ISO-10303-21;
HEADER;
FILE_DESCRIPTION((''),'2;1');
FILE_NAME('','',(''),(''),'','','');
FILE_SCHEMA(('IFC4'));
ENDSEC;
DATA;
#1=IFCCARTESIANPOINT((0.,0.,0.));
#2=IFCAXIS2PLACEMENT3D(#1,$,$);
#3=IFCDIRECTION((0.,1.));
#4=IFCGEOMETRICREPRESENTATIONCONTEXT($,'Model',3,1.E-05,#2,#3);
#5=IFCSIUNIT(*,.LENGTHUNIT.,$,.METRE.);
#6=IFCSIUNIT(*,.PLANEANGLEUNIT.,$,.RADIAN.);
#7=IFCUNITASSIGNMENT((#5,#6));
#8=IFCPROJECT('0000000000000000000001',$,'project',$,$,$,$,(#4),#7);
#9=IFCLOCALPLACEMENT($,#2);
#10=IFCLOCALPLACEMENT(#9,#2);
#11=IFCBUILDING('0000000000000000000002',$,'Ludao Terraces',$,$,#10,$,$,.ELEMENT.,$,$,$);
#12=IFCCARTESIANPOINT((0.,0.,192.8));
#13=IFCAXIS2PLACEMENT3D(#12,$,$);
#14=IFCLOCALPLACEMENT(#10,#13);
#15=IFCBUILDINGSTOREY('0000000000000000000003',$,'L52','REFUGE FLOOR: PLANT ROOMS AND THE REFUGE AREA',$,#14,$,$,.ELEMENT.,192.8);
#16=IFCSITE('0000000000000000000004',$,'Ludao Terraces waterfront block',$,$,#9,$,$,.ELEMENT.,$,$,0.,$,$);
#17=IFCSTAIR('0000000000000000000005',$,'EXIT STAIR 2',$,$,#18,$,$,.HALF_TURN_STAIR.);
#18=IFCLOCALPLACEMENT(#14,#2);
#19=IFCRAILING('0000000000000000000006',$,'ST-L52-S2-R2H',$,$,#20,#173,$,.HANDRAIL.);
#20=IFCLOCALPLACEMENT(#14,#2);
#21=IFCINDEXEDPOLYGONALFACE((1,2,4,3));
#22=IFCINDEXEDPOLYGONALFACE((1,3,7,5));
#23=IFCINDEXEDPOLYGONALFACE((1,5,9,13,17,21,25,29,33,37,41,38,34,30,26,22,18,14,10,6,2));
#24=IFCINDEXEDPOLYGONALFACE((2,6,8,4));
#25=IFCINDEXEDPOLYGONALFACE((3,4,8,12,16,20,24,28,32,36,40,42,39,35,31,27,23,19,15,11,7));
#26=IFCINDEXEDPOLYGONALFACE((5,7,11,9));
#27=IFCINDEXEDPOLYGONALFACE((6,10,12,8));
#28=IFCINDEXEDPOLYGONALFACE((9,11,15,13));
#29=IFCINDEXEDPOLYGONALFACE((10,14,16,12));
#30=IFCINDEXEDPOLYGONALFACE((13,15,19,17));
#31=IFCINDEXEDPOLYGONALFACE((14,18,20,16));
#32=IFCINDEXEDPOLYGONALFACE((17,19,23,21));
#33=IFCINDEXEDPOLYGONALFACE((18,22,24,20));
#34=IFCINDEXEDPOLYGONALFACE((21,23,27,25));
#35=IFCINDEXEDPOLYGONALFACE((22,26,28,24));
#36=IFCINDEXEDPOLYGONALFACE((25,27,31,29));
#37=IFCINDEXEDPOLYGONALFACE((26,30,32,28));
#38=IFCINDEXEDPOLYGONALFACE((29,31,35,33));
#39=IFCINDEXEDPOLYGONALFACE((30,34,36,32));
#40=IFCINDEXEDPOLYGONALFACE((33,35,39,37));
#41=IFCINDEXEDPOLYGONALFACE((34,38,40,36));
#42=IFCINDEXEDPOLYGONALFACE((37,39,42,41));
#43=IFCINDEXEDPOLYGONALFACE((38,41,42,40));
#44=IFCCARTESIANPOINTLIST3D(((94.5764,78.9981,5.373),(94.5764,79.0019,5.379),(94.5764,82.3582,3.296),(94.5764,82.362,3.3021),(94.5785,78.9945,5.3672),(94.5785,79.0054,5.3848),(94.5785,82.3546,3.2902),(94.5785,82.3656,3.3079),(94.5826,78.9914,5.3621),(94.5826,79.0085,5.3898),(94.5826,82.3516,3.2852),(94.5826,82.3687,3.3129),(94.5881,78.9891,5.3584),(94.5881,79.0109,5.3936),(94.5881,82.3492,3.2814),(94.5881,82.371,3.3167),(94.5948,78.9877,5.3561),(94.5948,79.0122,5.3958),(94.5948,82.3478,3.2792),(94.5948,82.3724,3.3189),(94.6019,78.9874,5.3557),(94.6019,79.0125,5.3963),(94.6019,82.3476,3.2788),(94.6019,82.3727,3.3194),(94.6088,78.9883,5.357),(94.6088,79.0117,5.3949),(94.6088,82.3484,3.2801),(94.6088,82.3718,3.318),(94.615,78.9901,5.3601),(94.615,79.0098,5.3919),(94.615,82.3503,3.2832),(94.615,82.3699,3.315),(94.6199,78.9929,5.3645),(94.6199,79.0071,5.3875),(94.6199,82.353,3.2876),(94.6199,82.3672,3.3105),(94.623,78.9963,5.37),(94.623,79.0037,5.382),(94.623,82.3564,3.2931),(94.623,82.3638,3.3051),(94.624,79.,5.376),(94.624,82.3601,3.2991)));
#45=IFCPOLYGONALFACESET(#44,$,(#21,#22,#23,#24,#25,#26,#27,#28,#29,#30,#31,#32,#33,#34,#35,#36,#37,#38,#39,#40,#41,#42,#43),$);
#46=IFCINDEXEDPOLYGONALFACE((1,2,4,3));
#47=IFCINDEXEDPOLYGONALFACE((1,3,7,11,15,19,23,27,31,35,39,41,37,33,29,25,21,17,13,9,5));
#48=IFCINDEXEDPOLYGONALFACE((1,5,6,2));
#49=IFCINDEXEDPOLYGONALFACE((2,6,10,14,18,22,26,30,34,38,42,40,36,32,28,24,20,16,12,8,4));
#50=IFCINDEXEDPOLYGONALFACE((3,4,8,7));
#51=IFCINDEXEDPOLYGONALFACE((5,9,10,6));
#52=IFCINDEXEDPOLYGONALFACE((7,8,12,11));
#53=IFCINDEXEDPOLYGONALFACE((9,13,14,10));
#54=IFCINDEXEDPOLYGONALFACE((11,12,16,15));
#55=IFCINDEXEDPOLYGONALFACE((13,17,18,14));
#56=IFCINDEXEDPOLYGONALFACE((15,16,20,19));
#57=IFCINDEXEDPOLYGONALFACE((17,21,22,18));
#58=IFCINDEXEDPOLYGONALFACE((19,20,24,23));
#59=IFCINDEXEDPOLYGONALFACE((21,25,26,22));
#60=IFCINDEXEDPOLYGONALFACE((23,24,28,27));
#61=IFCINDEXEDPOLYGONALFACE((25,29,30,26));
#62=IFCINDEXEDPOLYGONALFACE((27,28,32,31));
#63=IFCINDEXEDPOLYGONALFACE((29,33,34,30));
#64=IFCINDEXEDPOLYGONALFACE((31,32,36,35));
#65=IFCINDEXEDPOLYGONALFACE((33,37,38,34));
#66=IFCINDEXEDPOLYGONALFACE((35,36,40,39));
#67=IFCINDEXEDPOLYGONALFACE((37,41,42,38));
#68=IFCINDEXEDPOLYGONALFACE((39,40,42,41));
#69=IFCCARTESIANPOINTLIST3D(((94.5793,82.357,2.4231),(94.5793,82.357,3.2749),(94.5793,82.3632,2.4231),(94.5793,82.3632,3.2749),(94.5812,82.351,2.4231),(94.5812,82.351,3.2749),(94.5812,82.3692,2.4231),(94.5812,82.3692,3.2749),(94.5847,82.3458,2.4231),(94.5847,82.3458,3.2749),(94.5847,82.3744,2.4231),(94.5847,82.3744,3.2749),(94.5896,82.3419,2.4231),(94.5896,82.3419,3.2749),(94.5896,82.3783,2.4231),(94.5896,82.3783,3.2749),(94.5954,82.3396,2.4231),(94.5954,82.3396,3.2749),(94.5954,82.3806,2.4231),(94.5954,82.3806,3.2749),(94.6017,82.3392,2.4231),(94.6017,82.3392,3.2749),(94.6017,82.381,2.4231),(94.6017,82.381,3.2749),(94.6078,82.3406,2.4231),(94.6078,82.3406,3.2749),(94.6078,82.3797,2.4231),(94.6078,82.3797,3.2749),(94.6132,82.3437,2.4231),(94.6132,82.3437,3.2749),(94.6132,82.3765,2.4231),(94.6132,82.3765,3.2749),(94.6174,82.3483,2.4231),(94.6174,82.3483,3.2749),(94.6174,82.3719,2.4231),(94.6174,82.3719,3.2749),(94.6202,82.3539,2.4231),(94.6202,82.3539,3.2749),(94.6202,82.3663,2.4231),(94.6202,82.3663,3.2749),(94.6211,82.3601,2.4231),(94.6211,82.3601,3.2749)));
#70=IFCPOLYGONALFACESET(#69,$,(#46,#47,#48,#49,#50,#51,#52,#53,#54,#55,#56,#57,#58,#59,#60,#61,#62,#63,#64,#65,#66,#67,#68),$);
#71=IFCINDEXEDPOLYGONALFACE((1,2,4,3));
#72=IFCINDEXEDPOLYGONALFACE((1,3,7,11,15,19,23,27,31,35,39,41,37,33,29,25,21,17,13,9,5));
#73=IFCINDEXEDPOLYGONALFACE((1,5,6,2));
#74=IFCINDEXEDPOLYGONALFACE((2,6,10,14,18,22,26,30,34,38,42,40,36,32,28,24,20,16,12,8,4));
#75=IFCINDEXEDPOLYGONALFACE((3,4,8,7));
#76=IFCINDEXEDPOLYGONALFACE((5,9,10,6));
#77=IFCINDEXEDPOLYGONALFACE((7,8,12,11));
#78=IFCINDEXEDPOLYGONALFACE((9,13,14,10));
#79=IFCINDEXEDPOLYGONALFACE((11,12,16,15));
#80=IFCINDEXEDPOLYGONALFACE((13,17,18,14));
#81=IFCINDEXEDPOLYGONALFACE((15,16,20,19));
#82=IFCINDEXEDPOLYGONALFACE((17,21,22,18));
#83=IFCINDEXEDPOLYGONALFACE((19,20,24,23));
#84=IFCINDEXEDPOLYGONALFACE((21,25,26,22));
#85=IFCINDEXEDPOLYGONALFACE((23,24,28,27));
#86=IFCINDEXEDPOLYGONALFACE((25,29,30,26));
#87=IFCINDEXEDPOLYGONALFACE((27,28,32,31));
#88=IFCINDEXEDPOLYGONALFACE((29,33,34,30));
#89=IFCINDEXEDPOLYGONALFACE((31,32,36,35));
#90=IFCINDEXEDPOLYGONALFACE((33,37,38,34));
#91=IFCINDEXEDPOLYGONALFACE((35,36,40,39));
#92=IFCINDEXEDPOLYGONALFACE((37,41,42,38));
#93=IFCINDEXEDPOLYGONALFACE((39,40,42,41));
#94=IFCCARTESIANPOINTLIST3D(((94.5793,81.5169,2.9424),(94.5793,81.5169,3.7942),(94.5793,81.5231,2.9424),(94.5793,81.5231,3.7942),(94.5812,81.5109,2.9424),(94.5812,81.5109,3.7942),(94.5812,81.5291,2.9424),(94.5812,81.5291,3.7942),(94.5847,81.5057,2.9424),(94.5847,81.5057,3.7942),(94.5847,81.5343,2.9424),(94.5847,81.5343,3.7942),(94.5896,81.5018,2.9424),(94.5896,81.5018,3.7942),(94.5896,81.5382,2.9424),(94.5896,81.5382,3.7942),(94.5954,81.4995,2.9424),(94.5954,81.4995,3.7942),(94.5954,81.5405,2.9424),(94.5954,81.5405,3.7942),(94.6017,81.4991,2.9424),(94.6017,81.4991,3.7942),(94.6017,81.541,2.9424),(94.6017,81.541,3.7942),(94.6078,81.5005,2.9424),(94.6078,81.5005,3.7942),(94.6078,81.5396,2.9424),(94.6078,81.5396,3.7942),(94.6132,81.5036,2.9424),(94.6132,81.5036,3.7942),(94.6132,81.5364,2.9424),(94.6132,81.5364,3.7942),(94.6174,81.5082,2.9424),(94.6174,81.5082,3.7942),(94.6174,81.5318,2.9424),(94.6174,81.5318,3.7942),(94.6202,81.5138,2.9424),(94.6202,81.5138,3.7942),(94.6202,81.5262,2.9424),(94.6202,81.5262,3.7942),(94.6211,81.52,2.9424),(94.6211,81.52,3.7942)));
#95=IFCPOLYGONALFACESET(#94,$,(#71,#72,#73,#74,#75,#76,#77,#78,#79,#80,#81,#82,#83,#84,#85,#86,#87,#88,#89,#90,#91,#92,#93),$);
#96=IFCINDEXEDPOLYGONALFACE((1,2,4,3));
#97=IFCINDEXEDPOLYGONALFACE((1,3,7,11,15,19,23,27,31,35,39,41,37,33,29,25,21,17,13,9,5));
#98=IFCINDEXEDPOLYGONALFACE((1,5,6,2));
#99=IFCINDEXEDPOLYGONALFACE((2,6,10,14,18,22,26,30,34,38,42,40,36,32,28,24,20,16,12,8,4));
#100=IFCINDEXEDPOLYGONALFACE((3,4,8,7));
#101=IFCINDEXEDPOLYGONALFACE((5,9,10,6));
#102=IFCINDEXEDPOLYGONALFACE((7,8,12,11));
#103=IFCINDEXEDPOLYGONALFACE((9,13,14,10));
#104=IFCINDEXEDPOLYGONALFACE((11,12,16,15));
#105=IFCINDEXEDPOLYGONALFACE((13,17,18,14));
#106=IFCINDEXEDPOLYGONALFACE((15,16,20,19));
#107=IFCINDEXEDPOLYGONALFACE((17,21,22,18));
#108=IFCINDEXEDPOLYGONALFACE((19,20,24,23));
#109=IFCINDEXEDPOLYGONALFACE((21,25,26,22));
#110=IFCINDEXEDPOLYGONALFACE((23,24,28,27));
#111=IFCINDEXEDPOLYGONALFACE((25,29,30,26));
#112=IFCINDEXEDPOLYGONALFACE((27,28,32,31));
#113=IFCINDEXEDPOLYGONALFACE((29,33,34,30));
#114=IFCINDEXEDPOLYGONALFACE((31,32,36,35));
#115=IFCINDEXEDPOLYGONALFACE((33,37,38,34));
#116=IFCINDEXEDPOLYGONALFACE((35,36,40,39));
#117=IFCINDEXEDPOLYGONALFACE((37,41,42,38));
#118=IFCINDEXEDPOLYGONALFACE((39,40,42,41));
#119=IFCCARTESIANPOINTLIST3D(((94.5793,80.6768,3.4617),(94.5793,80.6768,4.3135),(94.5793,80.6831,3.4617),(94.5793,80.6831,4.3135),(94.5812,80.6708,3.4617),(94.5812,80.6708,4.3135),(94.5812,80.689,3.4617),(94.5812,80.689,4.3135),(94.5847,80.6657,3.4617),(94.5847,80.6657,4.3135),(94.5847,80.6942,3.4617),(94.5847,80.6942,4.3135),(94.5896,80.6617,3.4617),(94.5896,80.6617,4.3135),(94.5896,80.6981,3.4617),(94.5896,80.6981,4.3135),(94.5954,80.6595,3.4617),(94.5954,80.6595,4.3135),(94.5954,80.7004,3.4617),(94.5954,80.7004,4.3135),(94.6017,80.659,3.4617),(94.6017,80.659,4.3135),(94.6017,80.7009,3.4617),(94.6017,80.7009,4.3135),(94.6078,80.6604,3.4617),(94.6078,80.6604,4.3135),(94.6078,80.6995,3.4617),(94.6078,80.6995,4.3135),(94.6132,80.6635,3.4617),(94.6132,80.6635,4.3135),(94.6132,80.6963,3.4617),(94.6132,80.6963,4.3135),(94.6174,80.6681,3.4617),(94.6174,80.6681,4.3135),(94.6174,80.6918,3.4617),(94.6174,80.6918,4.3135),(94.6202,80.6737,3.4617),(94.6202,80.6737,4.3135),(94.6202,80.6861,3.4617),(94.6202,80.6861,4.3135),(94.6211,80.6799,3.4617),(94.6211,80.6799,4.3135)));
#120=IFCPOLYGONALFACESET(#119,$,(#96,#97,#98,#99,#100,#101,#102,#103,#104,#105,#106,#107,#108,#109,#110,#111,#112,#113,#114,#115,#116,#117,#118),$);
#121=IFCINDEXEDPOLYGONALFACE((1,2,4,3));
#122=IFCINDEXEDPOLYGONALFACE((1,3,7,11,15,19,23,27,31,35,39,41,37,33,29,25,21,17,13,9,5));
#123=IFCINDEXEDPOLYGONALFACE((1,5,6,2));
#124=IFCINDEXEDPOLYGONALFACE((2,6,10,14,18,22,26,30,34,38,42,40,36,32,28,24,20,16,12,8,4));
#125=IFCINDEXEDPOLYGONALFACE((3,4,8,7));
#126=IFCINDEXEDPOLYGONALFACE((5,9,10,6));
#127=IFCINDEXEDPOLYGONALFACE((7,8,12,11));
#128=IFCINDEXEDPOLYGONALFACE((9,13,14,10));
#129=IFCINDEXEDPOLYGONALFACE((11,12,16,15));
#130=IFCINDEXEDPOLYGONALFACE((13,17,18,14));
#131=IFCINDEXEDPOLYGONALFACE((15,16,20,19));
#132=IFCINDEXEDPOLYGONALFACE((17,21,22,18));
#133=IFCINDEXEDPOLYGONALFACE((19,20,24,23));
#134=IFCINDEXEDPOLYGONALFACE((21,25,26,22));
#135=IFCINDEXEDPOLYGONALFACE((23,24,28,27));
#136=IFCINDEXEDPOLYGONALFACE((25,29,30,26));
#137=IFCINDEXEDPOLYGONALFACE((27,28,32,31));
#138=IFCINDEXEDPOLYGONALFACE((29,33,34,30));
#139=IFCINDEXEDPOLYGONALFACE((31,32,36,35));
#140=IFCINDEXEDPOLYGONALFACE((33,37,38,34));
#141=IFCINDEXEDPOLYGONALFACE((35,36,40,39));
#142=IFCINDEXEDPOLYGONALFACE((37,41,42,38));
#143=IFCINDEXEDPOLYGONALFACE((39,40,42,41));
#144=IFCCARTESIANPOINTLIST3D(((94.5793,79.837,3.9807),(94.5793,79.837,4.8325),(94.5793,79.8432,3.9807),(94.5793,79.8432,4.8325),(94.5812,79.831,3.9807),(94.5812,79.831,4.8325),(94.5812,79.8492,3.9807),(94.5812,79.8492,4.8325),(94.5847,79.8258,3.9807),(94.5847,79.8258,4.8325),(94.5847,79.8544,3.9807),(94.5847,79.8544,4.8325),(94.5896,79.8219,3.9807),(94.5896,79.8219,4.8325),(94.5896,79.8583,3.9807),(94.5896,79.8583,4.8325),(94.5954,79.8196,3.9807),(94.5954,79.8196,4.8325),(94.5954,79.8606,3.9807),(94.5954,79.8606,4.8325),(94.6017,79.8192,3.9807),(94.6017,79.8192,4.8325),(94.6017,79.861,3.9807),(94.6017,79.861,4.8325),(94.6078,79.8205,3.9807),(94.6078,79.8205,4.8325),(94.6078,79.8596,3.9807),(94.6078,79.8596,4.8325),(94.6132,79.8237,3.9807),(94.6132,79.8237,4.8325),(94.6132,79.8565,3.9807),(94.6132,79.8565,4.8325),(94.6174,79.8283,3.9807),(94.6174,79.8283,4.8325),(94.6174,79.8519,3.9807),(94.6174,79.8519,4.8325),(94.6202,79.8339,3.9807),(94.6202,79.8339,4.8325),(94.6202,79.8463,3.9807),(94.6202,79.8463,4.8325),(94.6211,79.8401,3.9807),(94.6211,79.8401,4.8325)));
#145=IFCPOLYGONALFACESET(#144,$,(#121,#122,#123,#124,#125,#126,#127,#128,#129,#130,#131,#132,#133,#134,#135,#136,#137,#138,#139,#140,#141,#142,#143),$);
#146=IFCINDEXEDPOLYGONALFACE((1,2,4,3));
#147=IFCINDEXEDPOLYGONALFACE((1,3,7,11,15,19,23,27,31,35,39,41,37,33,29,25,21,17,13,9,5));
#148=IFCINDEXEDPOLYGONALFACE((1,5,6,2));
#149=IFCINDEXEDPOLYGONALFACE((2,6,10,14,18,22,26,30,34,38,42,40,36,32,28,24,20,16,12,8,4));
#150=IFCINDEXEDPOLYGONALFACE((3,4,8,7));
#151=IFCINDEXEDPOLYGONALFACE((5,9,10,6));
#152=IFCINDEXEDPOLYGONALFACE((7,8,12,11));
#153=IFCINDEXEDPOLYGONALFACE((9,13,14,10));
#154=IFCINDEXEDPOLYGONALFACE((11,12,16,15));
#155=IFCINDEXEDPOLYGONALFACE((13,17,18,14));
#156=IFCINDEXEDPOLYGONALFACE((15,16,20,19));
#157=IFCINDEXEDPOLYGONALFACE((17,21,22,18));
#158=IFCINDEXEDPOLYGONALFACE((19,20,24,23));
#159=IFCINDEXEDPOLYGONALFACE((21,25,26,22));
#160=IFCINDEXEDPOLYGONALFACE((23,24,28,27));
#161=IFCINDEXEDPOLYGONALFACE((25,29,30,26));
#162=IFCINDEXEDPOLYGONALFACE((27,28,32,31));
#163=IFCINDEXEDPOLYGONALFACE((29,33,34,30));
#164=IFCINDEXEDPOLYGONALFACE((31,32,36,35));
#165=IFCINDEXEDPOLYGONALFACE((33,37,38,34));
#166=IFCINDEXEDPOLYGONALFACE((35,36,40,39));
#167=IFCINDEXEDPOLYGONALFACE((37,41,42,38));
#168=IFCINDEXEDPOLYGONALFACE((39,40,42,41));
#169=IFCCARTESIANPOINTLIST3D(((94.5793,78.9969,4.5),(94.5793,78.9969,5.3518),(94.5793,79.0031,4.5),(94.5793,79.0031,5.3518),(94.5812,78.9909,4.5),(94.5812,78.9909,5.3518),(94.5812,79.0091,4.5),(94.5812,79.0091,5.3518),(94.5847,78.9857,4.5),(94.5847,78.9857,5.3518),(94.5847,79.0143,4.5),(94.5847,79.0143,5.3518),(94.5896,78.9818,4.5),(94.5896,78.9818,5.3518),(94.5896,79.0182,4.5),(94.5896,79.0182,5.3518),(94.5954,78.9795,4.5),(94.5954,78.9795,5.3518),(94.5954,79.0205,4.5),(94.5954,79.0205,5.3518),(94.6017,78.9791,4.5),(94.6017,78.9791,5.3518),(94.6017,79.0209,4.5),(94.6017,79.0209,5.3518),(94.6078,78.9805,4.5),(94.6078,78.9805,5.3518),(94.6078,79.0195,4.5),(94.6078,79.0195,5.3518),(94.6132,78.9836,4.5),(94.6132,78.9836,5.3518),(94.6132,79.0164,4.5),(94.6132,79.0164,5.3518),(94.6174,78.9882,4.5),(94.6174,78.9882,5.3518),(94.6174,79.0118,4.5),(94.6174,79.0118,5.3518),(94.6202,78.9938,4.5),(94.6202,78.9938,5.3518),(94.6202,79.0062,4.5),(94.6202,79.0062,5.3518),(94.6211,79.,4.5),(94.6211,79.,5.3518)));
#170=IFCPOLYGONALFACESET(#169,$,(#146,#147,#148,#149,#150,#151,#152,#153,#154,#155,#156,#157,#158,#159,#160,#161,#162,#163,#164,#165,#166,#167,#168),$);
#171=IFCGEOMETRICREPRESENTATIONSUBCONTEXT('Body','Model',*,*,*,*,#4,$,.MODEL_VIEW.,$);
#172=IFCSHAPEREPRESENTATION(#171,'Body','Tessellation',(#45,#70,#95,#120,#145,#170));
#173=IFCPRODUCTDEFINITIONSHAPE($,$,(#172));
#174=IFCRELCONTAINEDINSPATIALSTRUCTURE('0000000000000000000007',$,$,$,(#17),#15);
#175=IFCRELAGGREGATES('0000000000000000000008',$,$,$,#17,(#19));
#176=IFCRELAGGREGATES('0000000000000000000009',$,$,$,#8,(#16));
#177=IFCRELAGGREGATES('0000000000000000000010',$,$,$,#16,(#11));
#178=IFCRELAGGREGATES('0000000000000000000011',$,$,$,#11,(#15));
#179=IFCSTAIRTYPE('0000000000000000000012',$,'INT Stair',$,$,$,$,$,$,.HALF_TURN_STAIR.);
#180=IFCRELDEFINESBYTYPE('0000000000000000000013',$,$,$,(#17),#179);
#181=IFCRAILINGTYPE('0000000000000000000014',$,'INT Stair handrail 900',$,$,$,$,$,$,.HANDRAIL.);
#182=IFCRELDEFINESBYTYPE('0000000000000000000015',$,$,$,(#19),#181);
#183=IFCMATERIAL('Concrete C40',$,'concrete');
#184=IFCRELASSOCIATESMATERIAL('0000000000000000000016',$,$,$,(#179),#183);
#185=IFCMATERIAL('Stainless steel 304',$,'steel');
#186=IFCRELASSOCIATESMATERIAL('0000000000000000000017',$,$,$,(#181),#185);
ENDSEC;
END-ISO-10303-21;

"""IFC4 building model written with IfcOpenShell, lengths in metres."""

from ifc_helpers import new_model, si_unit, direction, frame, origin, origin_2d, place, context, subcontext, project, spatial, circle, extrude, material, type_object, element, aggregate, save


model = new_model("IFC4")

# Units and contexts
model_context = context("Model", 3, precision=1e-05, world=origin(), true_north=direction((0.0, 1.0)))
body_context = subcontext(model_context, "Body", "Model", "MODEL_VIEW")
ifc_project = project(units=[si_unit("LENGTHUNIT", "METRE"), si_unit("PLANEANGLEUNIT", "RADIAN")], contexts=[model_context])

# Site, building, storey
site_placement = place(None, origin())
site = spatial("IfcSite", under=ifc_project, at=site_placement, Name="Ludao Terraces waterfront block", CompositionType="ELEMENT", RefElevation=0.0)
building_placement = place(site_placement, origin())
building = spatial("IfcBuilding", under=site, at=building_placement, Name="Ludao Terraces", CompositionType="ELEMENT")
storey_placement = place(building_placement, frame((0.0, 0.0, 192.8)))
storey = spatial("IfcBuildingStorey", under=building, at=storey_placement, Name="L52", Description="REFUGE FLOOR: PLANT ROOMS AND THE REFUGE AREA", CompositionType="ELEMENT", Elevation=192.8)

# Stair, railing
ifc_material_1 = material(Name="Concrete C40", Category="concrete")
stair_type = type_object("IfcStairType", Name="INT Stair", PredefinedType="HALF_TURN_STAIR", material=ifc_material_1)
stair_placement = place(storey_placement, origin())
stair = element("IfcStair", 1, at=stair_placement, inside=storey, type_object=stair_type, Name="EXIT STAIR 2", PredefinedType="HALF_TURN_STAIR")
ifc_material_2 = material(Name="Stainless steel 304", Category="steel")
railing_type_1 = type_object("IfcRailingType", Name="INT Stair handrail 900", PredefinedType="HANDRAIL", material=ifc_material_2)
railing_1_placement = place(storey_placement, frame((94.6001, 82.3601, 2.4231)))
railing_1 = element("IfcRailing", 2, at=railing_1_placement, type_object=railing_type_1, Name="ST-L52-S2-R2H", PredefinedType="HANDRAIL", context=body_context, shape_type="SweptSolid", body=[
    extrude(circle(Radius=0.0239, at=origin_2d()), frame((0.0, 0.0, 0.876), z_axis=(0.0, -0.850623, 0.525776), x_axis=(1.0, 0.0, 0.0)), (0.0, 0.0, 1.0), 3.9502),
    extrude(circle(Radius=0.021, at=origin_2d()), origin(), (0.0, 0.0, 1.0), 0.8518),
    extrude(circle(Radius=0.021, at=origin_2d()), frame((0.0, -0.8401, 0.5193)), (0.0, 0.0, 1.0), 0.8518),
    extrude(circle(Radius=0.021, at=origin_2d()), frame((0.0, -1.6802, 1.0386)), (0.0, 0.0, 1.0), 0.8518),
    extrude(circle(Radius=0.021, at=origin_2d()), frame((0.0, -2.52, 1.5576)), (0.0, 0.0, 1.0), 0.8518),
    extrude(circle(Radius=0.021, at=origin_2d()), frame((0.0, -3.3601, 2.0769)), (0.0, 0.0, 1.0), 0.8518),
])
aggregate(stair, [railing_1])

save(model, "model.ifc")
